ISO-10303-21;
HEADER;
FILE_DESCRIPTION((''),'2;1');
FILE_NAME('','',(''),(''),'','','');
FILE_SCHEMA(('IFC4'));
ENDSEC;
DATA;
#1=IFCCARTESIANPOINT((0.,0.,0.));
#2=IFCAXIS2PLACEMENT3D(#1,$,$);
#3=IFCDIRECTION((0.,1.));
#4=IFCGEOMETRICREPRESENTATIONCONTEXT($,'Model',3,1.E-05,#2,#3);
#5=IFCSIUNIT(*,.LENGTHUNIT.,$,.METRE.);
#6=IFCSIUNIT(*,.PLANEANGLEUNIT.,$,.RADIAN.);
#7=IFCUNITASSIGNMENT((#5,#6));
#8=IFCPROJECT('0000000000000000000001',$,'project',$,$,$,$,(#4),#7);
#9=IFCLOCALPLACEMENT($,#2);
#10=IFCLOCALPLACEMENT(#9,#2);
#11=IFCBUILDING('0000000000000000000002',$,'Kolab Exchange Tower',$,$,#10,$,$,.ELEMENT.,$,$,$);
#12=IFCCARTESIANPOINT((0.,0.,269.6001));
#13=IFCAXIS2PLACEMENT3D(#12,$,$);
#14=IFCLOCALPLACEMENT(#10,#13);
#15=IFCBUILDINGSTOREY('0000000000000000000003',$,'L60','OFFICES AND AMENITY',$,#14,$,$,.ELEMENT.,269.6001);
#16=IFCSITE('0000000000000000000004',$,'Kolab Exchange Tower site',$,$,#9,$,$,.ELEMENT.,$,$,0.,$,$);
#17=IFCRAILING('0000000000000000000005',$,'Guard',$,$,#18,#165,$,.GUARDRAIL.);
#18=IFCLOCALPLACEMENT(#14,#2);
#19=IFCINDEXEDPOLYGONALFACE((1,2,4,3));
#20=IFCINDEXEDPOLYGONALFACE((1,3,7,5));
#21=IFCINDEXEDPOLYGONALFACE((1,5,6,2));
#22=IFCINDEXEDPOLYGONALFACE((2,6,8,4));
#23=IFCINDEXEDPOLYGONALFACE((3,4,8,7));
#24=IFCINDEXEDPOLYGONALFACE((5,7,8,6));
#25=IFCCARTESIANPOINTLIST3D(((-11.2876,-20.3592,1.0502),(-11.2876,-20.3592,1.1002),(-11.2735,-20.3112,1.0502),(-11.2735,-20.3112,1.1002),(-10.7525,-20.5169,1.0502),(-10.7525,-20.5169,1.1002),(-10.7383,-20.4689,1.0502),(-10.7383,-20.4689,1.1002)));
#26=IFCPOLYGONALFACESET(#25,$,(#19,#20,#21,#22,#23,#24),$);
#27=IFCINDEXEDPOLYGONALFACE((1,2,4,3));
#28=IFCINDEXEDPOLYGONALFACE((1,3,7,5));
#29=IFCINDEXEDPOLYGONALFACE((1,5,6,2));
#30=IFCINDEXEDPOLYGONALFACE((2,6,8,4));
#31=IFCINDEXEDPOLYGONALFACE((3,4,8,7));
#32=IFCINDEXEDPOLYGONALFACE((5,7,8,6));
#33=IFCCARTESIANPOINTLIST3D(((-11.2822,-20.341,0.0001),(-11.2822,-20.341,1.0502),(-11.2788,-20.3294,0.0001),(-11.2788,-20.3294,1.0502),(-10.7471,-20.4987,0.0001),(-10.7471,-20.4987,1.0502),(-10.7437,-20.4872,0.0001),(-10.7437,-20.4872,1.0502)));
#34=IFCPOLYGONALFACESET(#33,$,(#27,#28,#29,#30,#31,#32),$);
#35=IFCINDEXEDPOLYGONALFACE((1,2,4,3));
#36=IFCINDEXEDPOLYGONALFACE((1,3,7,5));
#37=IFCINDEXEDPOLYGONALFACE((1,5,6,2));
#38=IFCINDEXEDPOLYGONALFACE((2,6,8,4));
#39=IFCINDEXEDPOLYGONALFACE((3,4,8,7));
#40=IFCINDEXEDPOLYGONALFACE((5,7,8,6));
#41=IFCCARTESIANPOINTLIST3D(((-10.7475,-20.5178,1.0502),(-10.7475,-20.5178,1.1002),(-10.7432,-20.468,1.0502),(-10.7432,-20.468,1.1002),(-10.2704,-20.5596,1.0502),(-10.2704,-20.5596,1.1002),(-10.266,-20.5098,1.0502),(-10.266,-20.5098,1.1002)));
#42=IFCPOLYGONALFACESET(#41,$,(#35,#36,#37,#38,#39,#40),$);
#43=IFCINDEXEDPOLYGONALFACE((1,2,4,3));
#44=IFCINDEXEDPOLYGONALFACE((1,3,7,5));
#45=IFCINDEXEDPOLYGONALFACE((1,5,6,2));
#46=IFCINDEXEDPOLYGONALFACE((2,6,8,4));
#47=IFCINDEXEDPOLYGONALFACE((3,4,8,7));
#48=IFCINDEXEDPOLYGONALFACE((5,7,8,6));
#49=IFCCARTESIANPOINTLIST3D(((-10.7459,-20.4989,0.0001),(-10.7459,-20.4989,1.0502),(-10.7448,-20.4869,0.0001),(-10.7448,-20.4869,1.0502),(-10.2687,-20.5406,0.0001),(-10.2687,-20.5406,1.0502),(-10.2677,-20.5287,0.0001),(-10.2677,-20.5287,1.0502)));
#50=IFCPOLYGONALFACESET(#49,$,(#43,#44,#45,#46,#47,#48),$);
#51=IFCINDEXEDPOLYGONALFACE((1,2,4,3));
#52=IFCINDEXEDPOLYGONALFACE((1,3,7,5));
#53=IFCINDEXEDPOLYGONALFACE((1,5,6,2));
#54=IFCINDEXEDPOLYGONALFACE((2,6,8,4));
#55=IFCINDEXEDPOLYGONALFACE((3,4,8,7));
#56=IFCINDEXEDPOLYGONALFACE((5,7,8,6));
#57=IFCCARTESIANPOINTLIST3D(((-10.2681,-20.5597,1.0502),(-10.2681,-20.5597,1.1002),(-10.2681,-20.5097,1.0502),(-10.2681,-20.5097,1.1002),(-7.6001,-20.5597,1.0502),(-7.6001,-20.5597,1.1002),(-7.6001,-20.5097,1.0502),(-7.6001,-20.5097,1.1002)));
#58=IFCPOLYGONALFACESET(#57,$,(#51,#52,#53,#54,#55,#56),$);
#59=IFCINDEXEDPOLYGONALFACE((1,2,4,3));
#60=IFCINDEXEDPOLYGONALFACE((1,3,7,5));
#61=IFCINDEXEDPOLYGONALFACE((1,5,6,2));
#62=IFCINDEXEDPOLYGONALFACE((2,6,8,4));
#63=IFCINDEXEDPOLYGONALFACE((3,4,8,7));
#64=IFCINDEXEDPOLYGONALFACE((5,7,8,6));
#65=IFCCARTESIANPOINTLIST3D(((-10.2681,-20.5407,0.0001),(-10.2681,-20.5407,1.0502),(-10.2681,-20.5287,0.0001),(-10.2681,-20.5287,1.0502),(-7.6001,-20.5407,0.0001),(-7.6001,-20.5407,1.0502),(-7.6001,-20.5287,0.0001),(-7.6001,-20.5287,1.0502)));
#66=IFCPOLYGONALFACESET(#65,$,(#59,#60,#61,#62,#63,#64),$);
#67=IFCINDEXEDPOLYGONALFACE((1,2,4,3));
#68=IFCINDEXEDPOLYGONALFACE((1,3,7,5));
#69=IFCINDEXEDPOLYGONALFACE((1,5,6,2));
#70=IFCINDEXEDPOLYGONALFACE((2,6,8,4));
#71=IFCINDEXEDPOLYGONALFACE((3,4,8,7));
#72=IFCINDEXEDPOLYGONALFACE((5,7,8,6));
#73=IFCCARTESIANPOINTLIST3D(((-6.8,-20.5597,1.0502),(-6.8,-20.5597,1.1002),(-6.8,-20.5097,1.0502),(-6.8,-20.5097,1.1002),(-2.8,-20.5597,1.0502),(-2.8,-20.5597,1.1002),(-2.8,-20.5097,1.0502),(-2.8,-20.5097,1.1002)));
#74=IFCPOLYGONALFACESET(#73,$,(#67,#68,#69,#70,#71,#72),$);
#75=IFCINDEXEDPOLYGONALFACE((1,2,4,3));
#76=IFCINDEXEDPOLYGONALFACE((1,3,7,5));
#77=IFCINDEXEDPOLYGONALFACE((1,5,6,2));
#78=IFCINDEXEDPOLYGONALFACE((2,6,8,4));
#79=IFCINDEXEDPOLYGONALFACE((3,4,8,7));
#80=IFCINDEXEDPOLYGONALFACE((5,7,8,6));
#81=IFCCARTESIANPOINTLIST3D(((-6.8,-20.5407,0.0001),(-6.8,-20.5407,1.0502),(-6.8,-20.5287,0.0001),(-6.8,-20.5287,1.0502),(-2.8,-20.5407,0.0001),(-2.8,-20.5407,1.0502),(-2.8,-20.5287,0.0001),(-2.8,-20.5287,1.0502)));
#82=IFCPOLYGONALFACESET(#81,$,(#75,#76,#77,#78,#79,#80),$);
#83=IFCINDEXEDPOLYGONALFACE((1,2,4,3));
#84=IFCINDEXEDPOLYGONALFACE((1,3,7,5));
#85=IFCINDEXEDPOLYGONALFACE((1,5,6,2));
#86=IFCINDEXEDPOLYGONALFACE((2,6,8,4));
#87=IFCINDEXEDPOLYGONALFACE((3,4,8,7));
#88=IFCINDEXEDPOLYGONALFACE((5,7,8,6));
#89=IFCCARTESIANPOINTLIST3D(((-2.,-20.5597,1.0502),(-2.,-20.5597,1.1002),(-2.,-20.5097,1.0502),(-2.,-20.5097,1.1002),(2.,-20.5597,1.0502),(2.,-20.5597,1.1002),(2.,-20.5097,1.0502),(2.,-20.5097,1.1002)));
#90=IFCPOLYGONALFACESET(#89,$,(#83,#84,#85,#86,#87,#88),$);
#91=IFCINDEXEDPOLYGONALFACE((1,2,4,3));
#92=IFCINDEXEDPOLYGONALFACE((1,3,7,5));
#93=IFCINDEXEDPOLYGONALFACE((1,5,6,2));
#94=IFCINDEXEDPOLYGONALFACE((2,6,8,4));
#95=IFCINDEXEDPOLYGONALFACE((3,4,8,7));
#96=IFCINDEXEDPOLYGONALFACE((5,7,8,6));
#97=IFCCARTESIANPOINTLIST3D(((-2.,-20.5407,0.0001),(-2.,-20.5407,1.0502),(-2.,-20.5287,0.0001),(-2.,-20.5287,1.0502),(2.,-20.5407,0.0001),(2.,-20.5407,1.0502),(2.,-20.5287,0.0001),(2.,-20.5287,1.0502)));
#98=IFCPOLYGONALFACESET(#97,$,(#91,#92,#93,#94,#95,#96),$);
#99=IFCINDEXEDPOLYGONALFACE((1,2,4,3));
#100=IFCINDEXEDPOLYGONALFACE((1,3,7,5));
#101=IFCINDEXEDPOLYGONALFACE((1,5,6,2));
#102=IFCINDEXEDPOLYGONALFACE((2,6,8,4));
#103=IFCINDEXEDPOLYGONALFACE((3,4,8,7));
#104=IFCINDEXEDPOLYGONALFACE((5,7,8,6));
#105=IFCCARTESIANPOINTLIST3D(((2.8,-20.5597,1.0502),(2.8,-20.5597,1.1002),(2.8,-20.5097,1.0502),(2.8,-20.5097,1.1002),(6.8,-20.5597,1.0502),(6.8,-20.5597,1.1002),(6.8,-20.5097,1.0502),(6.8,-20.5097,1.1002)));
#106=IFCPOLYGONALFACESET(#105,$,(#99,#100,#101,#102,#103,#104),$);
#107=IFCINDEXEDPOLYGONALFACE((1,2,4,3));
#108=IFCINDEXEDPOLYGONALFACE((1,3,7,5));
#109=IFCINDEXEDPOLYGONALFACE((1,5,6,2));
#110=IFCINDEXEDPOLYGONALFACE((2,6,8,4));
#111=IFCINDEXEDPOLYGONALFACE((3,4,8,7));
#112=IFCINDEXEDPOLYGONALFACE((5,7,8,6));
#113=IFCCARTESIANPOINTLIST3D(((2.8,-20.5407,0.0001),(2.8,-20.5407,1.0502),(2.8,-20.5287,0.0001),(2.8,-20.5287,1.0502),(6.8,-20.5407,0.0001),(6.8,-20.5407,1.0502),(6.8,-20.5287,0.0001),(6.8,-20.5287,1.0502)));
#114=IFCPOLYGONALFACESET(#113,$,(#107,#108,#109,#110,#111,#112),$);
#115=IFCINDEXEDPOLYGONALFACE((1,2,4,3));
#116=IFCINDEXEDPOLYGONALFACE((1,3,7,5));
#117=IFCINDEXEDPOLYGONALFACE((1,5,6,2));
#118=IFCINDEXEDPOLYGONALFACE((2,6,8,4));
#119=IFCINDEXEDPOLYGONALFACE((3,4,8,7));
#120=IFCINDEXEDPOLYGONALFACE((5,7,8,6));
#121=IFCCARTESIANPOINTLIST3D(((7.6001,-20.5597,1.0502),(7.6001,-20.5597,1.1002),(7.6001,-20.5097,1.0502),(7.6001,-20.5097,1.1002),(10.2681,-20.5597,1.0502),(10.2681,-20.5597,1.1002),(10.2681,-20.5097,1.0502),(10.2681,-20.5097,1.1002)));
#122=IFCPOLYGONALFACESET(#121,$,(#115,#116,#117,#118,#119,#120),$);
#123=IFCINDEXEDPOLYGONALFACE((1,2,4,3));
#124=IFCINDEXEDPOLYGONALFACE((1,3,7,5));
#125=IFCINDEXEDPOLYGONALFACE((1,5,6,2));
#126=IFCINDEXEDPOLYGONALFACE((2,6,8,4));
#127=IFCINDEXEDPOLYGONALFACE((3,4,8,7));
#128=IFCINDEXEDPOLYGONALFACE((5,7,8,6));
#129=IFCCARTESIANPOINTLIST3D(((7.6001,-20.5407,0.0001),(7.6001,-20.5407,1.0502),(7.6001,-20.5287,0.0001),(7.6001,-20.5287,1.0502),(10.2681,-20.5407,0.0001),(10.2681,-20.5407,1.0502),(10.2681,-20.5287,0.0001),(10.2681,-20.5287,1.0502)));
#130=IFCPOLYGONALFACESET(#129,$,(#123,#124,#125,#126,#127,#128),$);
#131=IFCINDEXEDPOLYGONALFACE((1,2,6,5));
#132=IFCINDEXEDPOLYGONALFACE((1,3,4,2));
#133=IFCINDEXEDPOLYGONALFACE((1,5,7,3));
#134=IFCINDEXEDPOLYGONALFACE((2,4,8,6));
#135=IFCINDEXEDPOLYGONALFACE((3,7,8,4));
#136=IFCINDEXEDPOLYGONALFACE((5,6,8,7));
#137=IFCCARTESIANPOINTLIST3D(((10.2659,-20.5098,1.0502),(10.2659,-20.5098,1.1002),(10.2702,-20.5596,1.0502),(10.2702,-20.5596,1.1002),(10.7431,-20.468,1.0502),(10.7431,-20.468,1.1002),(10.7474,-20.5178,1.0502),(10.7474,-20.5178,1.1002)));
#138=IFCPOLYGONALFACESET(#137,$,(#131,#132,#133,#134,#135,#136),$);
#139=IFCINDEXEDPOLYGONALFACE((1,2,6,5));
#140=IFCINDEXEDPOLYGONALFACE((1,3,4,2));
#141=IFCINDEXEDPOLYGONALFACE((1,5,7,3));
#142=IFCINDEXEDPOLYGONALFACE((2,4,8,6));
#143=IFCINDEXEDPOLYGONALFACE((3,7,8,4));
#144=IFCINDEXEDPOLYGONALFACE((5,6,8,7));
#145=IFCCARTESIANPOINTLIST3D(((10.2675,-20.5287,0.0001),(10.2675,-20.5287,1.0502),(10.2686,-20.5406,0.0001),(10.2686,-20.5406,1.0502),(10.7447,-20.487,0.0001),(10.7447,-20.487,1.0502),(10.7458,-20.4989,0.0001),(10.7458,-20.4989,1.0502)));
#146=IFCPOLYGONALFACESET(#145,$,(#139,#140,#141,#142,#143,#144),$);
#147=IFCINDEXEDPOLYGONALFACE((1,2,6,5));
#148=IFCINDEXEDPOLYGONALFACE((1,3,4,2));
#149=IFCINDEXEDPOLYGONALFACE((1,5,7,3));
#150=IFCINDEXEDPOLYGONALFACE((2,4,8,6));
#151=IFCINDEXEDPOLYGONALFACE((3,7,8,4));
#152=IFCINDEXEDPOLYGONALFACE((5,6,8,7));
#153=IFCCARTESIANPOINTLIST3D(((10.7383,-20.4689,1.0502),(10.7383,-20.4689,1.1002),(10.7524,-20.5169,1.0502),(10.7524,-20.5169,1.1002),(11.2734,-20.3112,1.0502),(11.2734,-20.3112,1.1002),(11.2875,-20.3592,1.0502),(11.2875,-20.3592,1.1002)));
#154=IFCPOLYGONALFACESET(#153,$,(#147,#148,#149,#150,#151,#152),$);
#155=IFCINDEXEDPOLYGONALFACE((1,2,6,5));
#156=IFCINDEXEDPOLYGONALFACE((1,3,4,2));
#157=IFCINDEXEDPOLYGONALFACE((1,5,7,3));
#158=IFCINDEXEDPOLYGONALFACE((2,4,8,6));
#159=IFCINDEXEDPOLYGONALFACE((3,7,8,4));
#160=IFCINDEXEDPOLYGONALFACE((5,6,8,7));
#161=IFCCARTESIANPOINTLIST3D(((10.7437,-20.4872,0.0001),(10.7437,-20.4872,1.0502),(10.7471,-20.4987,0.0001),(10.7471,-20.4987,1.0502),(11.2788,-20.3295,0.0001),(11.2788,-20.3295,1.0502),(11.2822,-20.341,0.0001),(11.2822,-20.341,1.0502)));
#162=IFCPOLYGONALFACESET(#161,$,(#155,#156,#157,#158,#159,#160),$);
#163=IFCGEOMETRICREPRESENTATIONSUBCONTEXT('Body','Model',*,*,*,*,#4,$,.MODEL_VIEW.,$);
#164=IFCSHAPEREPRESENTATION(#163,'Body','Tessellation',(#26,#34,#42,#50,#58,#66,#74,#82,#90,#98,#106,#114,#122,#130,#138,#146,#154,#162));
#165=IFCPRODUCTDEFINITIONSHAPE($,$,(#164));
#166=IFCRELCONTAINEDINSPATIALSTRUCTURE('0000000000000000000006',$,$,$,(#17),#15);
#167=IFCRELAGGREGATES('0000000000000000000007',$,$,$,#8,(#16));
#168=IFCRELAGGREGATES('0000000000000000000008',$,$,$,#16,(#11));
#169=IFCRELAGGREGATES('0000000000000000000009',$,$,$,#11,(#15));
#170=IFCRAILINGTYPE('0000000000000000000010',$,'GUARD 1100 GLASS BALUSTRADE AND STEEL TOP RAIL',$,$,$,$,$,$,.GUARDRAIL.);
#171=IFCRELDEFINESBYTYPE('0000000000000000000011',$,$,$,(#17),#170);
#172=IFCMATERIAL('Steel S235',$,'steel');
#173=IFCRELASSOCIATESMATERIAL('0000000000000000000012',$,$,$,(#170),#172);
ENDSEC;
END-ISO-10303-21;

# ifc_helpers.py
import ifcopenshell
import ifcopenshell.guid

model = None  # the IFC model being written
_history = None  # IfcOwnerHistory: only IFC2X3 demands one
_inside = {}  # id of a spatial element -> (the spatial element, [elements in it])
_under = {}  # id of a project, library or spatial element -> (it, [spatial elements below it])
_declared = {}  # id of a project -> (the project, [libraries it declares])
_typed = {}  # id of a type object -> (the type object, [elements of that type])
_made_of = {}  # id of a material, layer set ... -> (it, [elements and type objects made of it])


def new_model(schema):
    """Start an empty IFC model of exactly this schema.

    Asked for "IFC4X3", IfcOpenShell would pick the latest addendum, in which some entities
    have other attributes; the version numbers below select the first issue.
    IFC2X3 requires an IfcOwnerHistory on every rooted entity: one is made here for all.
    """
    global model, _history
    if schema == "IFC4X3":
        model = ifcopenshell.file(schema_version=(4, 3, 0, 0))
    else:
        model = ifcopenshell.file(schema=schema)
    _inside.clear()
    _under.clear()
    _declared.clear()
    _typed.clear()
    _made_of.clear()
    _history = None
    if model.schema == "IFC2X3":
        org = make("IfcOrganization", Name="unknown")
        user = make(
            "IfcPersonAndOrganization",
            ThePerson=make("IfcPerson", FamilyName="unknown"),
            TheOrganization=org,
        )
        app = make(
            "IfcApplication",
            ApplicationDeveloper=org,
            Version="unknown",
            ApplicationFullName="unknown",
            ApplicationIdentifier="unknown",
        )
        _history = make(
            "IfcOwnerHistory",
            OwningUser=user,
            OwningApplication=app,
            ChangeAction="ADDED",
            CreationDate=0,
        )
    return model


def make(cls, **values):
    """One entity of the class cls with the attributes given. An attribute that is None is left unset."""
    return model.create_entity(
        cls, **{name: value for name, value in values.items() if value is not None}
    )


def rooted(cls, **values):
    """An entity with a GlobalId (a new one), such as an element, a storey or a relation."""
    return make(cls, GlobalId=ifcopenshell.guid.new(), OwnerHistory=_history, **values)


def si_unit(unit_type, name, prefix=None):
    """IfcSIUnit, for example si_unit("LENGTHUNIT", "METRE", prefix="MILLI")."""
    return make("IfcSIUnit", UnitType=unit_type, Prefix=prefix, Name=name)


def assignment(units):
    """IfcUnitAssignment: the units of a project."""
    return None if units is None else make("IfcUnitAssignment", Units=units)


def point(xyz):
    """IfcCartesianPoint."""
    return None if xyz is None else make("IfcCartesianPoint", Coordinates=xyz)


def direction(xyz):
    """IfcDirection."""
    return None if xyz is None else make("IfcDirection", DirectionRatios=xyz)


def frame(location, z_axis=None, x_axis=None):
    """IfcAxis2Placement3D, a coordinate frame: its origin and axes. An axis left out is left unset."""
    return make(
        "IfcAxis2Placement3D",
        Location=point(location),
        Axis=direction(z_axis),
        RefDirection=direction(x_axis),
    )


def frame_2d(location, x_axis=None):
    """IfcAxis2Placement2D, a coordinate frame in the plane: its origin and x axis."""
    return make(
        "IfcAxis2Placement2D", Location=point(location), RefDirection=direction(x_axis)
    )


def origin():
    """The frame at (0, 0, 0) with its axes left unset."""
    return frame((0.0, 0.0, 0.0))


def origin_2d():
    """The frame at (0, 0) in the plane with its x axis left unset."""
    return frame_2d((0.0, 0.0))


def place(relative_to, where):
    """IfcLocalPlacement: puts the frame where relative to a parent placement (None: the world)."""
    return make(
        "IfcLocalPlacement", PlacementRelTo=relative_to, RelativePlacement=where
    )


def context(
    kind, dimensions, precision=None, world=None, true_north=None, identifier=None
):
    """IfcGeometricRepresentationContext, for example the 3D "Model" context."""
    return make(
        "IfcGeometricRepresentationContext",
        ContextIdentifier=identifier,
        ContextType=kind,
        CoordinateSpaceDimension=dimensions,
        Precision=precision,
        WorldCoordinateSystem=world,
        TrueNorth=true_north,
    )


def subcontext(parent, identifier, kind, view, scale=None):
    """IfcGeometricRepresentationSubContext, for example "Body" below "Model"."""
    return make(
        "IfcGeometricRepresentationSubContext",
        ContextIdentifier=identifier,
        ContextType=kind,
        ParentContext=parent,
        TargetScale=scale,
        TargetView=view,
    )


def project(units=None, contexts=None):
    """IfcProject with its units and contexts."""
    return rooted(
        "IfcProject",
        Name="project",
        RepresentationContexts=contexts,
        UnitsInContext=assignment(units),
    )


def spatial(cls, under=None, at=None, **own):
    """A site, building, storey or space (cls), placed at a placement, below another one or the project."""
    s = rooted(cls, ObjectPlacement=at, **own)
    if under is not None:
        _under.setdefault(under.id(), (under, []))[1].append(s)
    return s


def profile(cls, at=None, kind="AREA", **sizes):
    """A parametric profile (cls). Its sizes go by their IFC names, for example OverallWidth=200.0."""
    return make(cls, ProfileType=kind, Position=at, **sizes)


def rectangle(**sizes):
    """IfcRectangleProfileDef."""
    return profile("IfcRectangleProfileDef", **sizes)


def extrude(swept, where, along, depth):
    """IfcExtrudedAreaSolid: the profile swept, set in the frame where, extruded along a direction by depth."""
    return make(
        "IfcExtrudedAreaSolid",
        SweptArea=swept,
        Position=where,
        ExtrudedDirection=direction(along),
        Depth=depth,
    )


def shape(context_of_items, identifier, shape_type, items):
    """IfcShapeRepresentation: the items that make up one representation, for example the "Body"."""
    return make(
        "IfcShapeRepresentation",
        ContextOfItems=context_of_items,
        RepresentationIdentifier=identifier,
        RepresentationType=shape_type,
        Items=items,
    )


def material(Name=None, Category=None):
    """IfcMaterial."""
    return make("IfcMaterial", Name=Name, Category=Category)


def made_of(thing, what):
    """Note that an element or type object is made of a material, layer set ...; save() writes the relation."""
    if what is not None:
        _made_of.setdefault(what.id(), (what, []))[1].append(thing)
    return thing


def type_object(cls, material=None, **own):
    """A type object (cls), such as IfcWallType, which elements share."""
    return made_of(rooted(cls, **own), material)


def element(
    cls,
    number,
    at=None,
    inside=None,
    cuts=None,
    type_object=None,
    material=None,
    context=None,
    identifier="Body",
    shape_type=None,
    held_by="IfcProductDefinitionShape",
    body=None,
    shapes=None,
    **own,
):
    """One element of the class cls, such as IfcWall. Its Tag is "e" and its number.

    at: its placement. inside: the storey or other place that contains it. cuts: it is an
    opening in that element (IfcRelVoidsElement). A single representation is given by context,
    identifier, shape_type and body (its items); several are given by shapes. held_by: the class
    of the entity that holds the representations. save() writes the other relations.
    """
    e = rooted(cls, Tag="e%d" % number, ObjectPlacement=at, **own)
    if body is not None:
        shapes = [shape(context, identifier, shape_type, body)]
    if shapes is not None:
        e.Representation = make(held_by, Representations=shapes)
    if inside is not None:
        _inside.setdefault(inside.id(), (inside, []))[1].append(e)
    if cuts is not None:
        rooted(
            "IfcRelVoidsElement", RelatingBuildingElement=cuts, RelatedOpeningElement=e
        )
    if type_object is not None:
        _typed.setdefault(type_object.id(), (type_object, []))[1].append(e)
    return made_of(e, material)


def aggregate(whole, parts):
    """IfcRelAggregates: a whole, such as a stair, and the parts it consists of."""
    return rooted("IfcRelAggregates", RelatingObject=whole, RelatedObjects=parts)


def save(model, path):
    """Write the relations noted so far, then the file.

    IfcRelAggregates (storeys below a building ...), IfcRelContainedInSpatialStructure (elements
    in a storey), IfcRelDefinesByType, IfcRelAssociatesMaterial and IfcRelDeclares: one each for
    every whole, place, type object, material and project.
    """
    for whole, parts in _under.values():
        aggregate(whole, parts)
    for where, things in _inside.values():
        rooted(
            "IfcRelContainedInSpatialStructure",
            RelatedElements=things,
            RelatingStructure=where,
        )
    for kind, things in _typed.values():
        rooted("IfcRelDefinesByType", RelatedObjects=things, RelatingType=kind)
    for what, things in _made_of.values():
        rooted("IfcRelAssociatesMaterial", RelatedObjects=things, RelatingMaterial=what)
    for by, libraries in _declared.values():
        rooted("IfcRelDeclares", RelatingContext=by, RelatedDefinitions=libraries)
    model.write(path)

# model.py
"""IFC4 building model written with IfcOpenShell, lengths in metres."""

from ifc_helpers import new_model, si_unit, direction, frame, frame_2d, origin, origin_2d, place, context, subcontext, project, spatial, rectangle, extrude, material, type_object, element, save


model = new_model("IFC4")

# Units and contexts
model_context = context("Model", 3, precision=1e-05, world=origin(), true_north=direction((0.0, 1.0)))
body_context = subcontext(model_context, "Body", "Model", "MODEL_VIEW")
ifc_project = project(units=[si_unit("LENGTHUNIT", "METRE"), si_unit("PLANEANGLEUNIT", "RADIAN")], contexts=[model_context])

# Site, building, storey
site_placement = place(None, origin())
site = spatial("IfcSite", under=ifc_project, at=site_placement, Name="Kolab Exchange Tower site", CompositionType="ELEMENT", RefElevation=0.0)
building_placement = place(site_placement, origin())
building = spatial("IfcBuilding", under=site, at=building_placement, Name="Kolab Exchange Tower", CompositionType="ELEMENT")
storey_placement = place(building_placement, frame((0.0, 0.0, 269.6001)))
storey = spatial("IfcBuildingStorey", under=building, at=storey_placement, Name="L60", Description="OFFICES AND AMENITY", CompositionType="ELEMENT", Elevation=269.6001)

# Shared definitions
ifc_material_1 = material(Name="Steel S235", Category="steel")

# Railing
railing_type = type_object("IfcRailingType", Name="GUARD 1100 GLASS BALUSTRADE AND STEEL TOP RAIL", PredefinedType="GUARDRAIL", material=ifc_material_1)
railing_placement = place(storey_placement, frame((-11.2805, -20.3352, 0.0)))
element("IfcRailing", 1, at=railing_placement, inside=storey, type_object=railing_type, Name="Guard", PredefinedType="GUARDRAIL", context=body_context, shape_type="SweptSolid", body=[
    extrude(rectangle(XDim=0.05, YDim=0.05, at=origin_2d()), frame((0.0, 0.0, 1.0752), z_axis=(0.959212, -0.282687, 0.0), x_axis=(0.282687, 0.959212, 0.0)), (0.0, 0.0, 1.0), 0.5579),
    extrude(rectangle(XDim=0.012, YDim=1.0501, at=frame_2d((0.0, 0.5251))), frame((0.0, 0.0, 0.0), z_axis=(0.959212, -0.282687, 0.0), x_axis=(0.282687, 0.959212, 0.0)), (0.0, 0.0, 1.0), 0.5579),
    extrude(rectangle(XDim=0.05, YDim=0.05, at=origin_2d()), frame((0.5352, -0.1577, 1.0752), z_axis=(0.996196, -0.087135, 0.0), x_axis=(0.087135, 0.996196, 0.0)), (0.0, 0.0, 1.0), 0.479),
    extrude(rectangle(XDim=0.012, YDim=1.0501, at=frame_2d((0.0, 0.5251))), frame((0.5352, -0.1577, 0.0), z_axis=(0.996196, -0.087135, 0.0), x_axis=(0.087135, 0.996196, 0.0)), (0.0, 0.0, 1.0), 0.479),
    extrude(rectangle(XDim=0.05, YDim=0.05, at=origin_2d()), frame((1.0125, -0.1995, 1.0752), z_axis=(1.0, 0.0, 0.0), x_axis=(0.0, 1.0, 0.0)), (0.0, 0.0, 1.0), 2.668),
    extrude(rectangle(XDim=0.012, YDim=1.0501, at=frame_2d((0.0, 0.5251))), frame((1.0125, -0.1995, 0.0), z_axis=(1.0, 0.0, 0.0), x_axis=(0.0, 1.0, 0.0)), (0.0, 0.0, 1.0), 2.668),
    extrude(rectangle(XDim=0.05, YDim=0.05, at=origin_2d()), frame((4.4805, -0.1995, 1.0752), z_axis=(1.0, 0.0, 0.0), x_axis=(0.0, 1.0, 0.0)), (0.0, 0.0, 1.0), 4.0),
    extrude(rectangle(XDim=0.012, YDim=1.0501, at=frame_2d((0.0, 0.5251))), frame((4.4805, -0.1995, 0.0), z_axis=(1.0, 0.0, 0.0), x_axis=(0.0, 1.0, 0.0)), (0.0, 0.0, 1.0), 4.0),
    extrude(rectangle(XDim=0.05, YDim=0.05, at=origin_2d()), frame((9.2805, -0.1995, 1.0752), z_axis=(1.0, 0.0, 0.0), x_axis=(0.0, 1.0, 0.0)), (0.0, 0.0, 1.0), 4.0),
    extrude(rectangle(XDim=0.012, YDim=1.0501, at=frame_2d((0.0, 0.5251))), frame((9.2805, -0.1995, 0.0), z_axis=(1.0, 0.0, 0.0), x_axis=(0.0, 1.0, 0.0)), (0.0, 0.0, 1.0), 4.0),
    extrude(rectangle(XDim=0.05, YDim=0.05, at=origin_2d()), frame((14.0806, -0.1995, 1.0752), z_axis=(1.0, 0.0, 0.0), x_axis=(0.0, 1.0, 0.0)), (0.0, 0.0, 1.0), 4.0),
    extrude(rectangle(XDim=0.012, YDim=1.0501, at=frame_2d((0.0, 0.5251))), frame((14.0806, -0.1995, 0.0), z_axis=(1.0, 0.0, 0.0), x_axis=(0.0, 1.0, 0.0)), (0.0, 0.0, 1.0), 4.0),
    extrude(rectangle(XDim=0.05, YDim=0.05, at=origin_2d()), frame((18.8806, -0.1995, 1.0752), z_axis=(1.0, 0.0, 0.0), x_axis=(0.0, 1.0, 0.0)), (0.0, 0.0, 1.0), 2.668),
    extrude(rectangle(XDim=0.012, YDim=1.0501, at=frame_2d((0.0, 0.5251))), frame((18.8806, -0.1995, 0.0), z_axis=(1.0, 0.0, 0.0), x_axis=(0.0, 1.0, 0.0)), (0.0, 0.0, 1.0), 2.668),
    extrude(rectangle(XDim=0.05, YDim=0.05, at=origin_2d()), frame((21.5486, -0.1995, 1.0752), z_axis=(0.996196, 0.087135, 0.0), x_axis=(-0.087135, 0.996196, 0.0)), (0.0, 0.0, 1.0), 0.479),
    extrude(rectangle(XDim=0.012, YDim=1.0501, at=frame_2d((0.0, 0.5251))), frame((21.5486, -0.1995, 0.0), z_axis=(0.996196, 0.087135, 0.0), x_axis=(-0.087135, 0.996196, 0.0)), (0.0, 0.0, 1.0), 0.479),
    extrude(rectangle(XDim=0.05, YDim=0.05, at=origin_2d()), frame((22.0259, -0.1577, 1.0752), z_axis=(0.959212, 0.282687, 0.0), x_axis=(-0.282687, 0.959212, 0.0)), (0.0, 0.0, 1.0), 0.5579),
    extrude(rectangle(XDim=0.012, YDim=1.0501, at=frame_2d((0.0, 0.5251))), frame((22.0259, -0.1577, 0.0), z_axis=(0.959212, 0.282687, 0.0), x_axis=(-0.282687, 0.959212, 0.0)), (0.0, 0.0, 1.0), 0.5579),
])

save(model, "model.ifc")
